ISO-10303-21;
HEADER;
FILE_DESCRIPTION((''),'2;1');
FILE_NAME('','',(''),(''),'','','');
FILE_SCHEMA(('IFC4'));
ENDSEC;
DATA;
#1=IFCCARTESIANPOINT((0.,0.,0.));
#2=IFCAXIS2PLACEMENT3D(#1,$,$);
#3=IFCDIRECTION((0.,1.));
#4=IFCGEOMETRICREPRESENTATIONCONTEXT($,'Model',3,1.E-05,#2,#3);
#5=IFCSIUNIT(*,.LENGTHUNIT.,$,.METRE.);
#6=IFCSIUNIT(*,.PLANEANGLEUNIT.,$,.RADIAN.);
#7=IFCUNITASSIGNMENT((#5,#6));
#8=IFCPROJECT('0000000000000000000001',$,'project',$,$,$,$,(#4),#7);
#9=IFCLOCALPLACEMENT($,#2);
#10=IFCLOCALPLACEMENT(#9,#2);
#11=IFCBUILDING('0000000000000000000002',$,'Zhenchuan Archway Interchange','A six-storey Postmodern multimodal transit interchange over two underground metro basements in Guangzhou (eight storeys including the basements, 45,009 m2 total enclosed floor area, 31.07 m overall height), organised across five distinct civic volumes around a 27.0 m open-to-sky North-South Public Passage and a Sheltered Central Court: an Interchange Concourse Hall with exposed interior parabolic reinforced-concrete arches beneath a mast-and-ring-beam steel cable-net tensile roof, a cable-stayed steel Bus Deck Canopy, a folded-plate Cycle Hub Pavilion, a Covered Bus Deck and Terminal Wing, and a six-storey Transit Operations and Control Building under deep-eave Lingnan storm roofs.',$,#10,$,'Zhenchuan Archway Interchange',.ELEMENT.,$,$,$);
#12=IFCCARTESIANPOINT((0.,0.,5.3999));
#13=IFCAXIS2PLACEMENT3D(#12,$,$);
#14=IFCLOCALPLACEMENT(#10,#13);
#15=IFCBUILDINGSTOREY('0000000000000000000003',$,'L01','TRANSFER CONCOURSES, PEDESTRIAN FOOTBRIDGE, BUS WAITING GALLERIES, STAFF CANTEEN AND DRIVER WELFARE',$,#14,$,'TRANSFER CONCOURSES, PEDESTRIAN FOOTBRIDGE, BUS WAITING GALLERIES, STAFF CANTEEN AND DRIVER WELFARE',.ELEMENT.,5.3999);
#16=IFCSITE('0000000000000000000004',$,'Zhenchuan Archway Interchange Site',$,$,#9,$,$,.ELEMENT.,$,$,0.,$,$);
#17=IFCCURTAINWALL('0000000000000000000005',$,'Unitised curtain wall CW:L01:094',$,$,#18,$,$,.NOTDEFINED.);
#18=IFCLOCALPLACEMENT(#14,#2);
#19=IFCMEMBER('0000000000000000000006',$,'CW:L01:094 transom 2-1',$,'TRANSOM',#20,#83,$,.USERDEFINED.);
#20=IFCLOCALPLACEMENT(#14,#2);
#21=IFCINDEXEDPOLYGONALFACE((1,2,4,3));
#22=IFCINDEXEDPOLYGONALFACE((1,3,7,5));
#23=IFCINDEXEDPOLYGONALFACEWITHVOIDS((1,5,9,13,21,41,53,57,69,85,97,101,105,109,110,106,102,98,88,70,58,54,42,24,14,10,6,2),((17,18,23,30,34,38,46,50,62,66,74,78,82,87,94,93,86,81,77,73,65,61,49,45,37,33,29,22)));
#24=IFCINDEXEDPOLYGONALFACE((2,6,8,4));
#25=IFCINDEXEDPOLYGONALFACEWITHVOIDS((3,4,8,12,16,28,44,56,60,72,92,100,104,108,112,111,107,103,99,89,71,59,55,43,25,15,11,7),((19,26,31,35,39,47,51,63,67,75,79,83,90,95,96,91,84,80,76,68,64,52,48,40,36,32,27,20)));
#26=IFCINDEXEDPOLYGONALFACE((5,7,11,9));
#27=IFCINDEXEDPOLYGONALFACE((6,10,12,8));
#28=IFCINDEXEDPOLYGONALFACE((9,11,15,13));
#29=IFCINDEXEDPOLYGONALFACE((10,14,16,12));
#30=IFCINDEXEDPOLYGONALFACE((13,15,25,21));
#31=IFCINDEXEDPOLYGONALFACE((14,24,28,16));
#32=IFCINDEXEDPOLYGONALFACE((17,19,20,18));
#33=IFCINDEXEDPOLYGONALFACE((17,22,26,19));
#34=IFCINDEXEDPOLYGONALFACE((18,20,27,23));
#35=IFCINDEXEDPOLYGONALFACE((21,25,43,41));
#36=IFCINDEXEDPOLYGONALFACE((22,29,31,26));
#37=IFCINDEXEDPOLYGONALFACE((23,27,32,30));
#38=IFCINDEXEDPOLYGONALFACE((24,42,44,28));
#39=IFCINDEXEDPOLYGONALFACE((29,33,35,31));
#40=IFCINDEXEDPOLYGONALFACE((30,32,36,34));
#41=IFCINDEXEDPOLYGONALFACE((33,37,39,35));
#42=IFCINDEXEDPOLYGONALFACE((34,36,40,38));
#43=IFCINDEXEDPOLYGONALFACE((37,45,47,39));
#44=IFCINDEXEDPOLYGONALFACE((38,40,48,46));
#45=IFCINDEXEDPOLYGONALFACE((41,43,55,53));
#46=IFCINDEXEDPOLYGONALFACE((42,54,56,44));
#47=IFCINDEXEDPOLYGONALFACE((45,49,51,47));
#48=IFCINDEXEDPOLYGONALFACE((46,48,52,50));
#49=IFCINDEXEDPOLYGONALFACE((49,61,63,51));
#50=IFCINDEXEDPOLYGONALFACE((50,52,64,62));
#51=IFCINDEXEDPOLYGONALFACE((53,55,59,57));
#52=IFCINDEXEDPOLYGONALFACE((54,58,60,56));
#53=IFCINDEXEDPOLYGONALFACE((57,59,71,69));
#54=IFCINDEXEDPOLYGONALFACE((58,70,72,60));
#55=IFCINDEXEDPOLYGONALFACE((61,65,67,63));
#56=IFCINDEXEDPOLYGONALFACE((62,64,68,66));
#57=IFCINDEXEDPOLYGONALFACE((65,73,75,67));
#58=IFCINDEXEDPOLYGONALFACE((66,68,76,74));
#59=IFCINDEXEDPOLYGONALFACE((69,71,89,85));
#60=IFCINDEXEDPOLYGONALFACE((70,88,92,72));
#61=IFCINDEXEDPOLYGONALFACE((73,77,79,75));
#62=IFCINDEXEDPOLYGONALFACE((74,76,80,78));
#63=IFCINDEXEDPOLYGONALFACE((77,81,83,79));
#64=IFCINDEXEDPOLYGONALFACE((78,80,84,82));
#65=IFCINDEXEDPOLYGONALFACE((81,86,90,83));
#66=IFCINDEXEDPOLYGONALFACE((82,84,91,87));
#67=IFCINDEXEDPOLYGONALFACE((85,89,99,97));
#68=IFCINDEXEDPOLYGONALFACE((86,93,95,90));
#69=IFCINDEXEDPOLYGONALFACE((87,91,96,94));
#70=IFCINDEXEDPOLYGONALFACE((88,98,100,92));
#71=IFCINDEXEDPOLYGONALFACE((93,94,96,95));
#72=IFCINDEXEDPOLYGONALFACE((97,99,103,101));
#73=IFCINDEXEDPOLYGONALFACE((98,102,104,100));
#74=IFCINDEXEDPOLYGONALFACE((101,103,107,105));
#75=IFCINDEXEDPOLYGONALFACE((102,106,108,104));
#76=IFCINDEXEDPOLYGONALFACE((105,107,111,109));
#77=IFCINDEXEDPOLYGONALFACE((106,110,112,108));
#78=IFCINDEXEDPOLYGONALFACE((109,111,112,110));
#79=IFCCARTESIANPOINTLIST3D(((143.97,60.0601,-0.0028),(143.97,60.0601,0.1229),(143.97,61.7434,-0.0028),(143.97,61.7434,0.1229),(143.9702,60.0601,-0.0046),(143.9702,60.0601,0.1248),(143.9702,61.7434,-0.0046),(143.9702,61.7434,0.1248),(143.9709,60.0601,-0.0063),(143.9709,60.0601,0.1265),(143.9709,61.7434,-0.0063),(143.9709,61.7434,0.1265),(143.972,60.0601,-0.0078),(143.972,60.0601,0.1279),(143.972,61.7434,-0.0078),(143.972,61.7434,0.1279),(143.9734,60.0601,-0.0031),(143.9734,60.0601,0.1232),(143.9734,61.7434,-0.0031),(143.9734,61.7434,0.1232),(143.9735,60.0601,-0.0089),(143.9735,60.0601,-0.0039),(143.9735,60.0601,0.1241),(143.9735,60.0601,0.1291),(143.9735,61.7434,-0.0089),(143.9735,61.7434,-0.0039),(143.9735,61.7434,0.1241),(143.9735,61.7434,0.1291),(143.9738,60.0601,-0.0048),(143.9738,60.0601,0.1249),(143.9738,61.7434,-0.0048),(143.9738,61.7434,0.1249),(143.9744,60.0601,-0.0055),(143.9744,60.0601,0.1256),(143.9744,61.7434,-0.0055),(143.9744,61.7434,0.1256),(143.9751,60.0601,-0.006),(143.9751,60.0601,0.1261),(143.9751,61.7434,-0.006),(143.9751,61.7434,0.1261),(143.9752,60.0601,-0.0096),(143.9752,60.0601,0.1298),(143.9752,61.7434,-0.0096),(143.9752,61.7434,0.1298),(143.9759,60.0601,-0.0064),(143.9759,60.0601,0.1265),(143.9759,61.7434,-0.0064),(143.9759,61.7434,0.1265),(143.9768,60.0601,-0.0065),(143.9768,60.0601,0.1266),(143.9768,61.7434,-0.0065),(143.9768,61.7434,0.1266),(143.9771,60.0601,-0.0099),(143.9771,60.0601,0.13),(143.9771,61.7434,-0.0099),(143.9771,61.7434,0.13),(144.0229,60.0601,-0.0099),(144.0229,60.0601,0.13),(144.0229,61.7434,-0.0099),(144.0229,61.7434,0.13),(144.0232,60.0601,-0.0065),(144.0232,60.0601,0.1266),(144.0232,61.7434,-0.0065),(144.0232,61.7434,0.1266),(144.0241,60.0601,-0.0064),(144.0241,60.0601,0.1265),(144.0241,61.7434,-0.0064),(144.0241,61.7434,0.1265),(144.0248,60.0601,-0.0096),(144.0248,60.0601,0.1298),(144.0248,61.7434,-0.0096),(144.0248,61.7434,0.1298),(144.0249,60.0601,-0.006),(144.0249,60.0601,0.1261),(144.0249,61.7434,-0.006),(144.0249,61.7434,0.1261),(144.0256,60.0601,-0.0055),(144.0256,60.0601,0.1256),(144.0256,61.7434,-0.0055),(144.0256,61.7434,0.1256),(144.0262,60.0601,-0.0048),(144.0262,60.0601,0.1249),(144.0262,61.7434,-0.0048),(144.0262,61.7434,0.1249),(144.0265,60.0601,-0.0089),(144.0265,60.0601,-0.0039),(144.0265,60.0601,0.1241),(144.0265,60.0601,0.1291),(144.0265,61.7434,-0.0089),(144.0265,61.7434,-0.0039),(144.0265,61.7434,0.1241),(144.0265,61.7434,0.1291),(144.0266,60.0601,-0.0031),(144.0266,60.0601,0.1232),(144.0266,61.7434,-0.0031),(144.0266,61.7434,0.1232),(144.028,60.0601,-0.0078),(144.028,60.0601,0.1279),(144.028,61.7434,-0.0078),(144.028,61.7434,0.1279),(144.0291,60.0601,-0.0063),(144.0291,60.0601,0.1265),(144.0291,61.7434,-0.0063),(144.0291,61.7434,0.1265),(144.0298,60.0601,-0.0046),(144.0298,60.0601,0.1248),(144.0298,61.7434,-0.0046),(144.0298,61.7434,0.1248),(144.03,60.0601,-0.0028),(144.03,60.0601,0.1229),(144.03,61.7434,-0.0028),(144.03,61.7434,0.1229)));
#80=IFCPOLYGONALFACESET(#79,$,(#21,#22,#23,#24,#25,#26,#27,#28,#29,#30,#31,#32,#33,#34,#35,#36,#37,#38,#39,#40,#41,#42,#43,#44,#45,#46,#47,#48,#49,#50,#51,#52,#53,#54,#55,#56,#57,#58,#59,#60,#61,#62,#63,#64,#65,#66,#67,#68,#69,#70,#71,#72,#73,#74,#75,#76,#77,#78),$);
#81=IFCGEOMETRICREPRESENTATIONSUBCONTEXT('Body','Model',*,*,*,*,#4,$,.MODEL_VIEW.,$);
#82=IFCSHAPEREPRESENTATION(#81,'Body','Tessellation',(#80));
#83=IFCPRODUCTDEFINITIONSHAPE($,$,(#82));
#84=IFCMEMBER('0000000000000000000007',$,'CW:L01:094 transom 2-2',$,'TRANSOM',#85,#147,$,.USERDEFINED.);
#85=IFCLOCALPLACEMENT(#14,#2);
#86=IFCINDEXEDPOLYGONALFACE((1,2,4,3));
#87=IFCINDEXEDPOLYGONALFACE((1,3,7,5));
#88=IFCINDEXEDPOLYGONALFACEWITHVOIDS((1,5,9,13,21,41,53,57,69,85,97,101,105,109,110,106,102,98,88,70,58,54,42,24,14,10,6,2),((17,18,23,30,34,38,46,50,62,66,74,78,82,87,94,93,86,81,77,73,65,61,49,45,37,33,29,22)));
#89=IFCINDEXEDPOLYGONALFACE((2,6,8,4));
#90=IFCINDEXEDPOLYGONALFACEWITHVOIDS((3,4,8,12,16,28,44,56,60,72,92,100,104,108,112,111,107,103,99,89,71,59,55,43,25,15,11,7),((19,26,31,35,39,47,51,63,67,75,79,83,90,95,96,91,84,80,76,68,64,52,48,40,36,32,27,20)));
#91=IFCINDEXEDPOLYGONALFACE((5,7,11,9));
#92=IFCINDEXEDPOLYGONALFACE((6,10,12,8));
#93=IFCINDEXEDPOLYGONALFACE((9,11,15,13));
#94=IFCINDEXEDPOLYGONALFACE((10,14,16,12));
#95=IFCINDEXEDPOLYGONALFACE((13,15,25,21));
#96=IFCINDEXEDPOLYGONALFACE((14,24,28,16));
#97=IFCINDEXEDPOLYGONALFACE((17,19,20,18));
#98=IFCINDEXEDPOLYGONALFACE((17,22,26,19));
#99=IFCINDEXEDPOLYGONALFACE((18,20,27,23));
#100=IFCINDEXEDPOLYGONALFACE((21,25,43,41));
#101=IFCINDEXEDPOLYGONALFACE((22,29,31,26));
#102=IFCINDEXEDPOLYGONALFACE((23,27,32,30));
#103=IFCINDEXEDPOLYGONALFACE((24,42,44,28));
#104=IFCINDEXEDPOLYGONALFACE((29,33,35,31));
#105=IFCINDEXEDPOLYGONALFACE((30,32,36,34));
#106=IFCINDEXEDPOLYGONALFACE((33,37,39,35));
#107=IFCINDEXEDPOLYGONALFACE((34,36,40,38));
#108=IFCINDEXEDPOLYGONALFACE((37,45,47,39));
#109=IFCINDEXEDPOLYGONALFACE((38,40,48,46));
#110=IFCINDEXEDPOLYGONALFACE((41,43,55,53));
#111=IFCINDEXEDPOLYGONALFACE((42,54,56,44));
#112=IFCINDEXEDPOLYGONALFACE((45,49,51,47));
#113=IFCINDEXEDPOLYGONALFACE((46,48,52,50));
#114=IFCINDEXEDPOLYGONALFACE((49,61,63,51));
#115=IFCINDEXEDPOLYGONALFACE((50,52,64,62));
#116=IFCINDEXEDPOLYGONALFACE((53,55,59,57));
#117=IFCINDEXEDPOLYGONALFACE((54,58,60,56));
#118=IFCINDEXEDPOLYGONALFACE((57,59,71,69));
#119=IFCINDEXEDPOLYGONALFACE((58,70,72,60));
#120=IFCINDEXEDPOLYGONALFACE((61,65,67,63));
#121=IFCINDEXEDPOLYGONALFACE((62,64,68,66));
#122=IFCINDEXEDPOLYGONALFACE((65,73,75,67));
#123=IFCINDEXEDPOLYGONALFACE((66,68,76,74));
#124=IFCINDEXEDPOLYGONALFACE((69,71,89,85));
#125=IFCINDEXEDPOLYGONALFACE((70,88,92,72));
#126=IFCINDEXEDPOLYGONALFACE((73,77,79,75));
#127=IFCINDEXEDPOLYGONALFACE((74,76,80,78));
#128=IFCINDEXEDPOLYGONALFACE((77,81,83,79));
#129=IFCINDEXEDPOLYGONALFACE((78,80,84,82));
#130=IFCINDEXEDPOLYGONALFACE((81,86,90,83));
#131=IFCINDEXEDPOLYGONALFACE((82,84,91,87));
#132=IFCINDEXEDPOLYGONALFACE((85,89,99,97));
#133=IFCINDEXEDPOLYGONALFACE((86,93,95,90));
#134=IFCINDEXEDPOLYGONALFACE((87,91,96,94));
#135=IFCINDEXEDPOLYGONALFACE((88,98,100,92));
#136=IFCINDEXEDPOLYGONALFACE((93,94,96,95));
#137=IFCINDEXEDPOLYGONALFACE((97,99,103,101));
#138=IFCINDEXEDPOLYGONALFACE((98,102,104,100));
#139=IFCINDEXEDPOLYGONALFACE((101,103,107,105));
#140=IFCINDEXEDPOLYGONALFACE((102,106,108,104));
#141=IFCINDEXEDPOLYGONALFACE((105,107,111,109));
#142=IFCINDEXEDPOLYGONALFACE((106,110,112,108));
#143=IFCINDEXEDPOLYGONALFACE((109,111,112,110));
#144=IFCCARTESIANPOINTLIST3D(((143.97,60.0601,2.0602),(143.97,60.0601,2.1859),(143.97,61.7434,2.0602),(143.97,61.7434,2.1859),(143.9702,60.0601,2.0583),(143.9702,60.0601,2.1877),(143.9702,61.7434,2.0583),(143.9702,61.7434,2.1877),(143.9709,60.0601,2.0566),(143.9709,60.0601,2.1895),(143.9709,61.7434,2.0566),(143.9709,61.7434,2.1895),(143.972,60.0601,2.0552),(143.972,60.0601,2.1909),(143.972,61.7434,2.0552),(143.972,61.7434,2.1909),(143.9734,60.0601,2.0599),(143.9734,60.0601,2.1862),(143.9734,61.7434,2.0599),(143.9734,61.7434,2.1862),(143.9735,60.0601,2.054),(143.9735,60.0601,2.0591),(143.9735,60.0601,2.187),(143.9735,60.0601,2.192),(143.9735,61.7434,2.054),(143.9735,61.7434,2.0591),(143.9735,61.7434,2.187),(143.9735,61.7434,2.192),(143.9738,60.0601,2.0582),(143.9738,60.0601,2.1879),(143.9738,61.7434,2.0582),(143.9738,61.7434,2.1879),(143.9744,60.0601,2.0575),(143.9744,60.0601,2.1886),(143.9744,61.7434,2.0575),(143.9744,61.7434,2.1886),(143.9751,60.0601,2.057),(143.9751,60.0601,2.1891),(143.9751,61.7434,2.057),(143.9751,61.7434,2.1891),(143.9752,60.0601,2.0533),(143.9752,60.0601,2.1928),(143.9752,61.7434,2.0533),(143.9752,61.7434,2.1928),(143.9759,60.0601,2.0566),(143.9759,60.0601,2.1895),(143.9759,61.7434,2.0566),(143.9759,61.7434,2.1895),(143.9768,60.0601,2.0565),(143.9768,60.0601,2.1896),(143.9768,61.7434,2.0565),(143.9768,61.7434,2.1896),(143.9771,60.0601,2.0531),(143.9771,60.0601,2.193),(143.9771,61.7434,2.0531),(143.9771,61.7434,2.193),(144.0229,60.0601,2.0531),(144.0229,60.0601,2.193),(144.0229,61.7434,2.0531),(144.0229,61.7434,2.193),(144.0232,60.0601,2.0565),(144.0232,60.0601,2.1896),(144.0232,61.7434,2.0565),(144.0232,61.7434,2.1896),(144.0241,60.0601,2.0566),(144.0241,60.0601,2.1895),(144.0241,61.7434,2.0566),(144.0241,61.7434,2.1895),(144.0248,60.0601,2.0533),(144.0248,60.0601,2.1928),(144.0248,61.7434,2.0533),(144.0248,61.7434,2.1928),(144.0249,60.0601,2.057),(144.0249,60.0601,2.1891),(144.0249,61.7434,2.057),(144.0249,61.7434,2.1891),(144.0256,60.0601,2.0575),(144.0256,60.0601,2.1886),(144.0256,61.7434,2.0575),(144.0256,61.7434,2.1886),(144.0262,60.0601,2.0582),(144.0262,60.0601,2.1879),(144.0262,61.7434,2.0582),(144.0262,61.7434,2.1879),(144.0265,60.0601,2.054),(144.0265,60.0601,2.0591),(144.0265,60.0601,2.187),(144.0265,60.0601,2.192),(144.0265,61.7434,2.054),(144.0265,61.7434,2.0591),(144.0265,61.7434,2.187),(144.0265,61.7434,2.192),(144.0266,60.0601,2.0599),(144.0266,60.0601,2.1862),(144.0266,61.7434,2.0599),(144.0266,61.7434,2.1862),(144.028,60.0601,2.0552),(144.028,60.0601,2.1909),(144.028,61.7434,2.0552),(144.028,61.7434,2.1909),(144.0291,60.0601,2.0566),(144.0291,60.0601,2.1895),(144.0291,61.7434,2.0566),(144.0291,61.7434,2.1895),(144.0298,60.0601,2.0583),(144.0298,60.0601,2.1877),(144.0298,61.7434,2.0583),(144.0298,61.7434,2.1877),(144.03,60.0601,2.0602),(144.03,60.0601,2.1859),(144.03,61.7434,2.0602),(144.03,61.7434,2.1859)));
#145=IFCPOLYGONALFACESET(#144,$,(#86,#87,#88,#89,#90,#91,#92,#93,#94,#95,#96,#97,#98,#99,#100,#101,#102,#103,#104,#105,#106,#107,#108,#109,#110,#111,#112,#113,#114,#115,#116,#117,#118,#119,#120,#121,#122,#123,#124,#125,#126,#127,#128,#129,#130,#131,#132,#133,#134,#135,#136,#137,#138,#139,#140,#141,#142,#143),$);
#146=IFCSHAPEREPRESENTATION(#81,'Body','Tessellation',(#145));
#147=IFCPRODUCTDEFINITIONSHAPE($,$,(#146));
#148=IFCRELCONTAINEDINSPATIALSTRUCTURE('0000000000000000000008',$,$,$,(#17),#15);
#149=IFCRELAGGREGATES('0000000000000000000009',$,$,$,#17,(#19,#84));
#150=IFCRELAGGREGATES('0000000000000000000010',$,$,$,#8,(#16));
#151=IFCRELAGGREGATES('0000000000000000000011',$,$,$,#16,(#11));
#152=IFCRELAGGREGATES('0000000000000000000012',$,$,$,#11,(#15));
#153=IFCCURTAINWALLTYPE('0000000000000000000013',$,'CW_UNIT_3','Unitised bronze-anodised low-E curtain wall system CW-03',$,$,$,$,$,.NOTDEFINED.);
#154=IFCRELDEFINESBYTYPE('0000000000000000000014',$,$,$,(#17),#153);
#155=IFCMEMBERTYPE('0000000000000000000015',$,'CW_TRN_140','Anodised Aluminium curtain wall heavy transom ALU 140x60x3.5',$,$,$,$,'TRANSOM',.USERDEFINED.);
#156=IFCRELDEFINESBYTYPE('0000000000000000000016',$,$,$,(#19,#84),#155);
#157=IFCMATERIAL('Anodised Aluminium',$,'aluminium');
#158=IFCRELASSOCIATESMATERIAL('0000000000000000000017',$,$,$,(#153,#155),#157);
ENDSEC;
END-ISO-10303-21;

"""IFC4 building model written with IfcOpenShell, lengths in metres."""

from ifc_helpers import new_model, si_unit, direction, frame, origin, origin_2d, place, context, subcontext, project, spatial, hollow_rectangle, extrude, material, material_profile, profile_set, type_object, element, aggregate, save


model = new_model("IFC4")

# Units and contexts
model_context = context("Model", 3, precision=1e-05, world=origin(), true_north=direction((0.0, 1.0)))
body_context = subcontext(model_context, "Body", "Model", "MODEL_VIEW")
ifc_project = project(units=[si_unit("LENGTHUNIT", "METRE"), si_unit("PLANEANGLEUNIT", "RADIAN")], contexts=[model_context])

# Site, building, storey
site_placement = place(None, origin())
site = spatial("IfcSite", under=ifc_project, at=site_placement, Name="Zhenchuan Archway Interchange Site", CompositionType="ELEMENT", RefElevation=0.0)
building_placement = place(site_placement, origin())
building = spatial("IfcBuilding", under=site, at=building_placement, Name="Zhenchuan Archway Interchange", Description="A six-storey Postmodern multimodal transit interchange over two underground metro basements in Guangzhou (eight storeys including the basements, 45,009 m2 total enclosed floor area, 31.07 m overall height), organised across five distinct civic volumes around a 27.0 m open-to-sky North-South Public Passage and a Sheltered Central Court: an Interchange Concourse Hall with exposed interior parabolic reinforced-concrete arches beneath a mast-and-ring-beam steel cable-net tensile roof, a cable-stayed steel Bus Deck Canopy, a folded-plate Cycle Hub Pavilion, a Covered Bus Deck and Terminal Wing, and a six-storey Transit Operations and Control Building under deep-eave Lingnan storm roofs.", LongName="Zhenchuan Archway Interchange", CompositionType="ELEMENT")
storey_placement = place(building_placement, frame((0.0, 0.0, 5.3999)))
storey = spatial("IfcBuildingStorey", under=building, at=storey_placement, Name="L01", Description="TRANSFER CONCOURSES, PEDESTRIAN FOOTBRIDGE, BUS WAITING GALLERIES, STAFF CANTEEN AND DRIVER WELFARE", LongName="TRANSFER CONCOURSES, PEDESTRIAN FOOTBRIDGE, BUS WAITING GALLERIES, STAFF CANTEEN AND DRIVER WELFARE", CompositionType="ELEMENT", Elevation=5.3999)

# Curtain wall, members
ifc_material_1 = material(Name="Anodised Aluminium", Category="aluminium")
curtain_wall_type = type_object("IfcCurtainWallType", Name="CW_UNIT_3", Description="Unitised bronze-anodised low-E curtain wall system CW-03", PredefinedType="NOTDEFINED", material=ifc_material_1)
curtain_wall_placement = place(storey_placement, origin())
curtain_wall = element("IfcCurtainWall", 1, at=curtain_wall_placement, inside=storey, type_object=curtain_wall_type, Name="Unitised curtain wall CW:L01:094", PredefinedType="NOTDEFINED")
ifc_material_profile_1 = material_profile(ifc_material_1, hollow_rectangle(XDim=0.0601, YDim=0.1399, WallThickness=0.0034, InnerFilletRadius=0.0034, OuterFilletRadius=0.0071, at=origin_2d()), Name="ALU 140x60x3.5")
ifc_profile_set_1 = profile_set([ifc_material_profile_1], Name="Anodised Aluminium")
member_type_1 = type_object("IfcMemberType", Name="CW_TRN_140", Description="Anodised Aluminium curtain wall heavy transom ALU 140x60x3.5", ElementType="TRANSOM", PredefinedType="USERDEFINED", material=ifc_profile_set_1)
member_1_placement = place(storey_placement, frame((144.0, 60.0601, 0.0601), z_axis=(0.0, 1.0, 0.0), x_axis=(-1.0, 0.0, 0.0)))
member_1 = element("IfcMember", 2, at=member_1_placement, type_object=member_type_1, Name="CW:L01:094 transom 2-1", ObjectType="TRANSOM", PredefinedType="USERDEFINED", context=body_context, shape_type="SweptSolid", body=[
    extrude(hollow_rectangle(XDim=0.0601, YDim=0.1399, WallThickness=0.0034, InnerFilletRadius=0.0034, OuterFilletRadius=0.0071, at=origin_2d()), origin(), (0.0, 0.0, 1.0), 1.6833),
])
member_2_placement = place(storey_placement, frame((144.0, 60.0601, 2.123), z_axis=(0.0, 1.0, 0.0), x_axis=(-1.0, 0.0, 0.0)))
member_2 = element("IfcMember", 3, at=member_2_placement, type_object=member_type_1, Name="CW:L01:094 transom 2-2", ObjectType="TRANSOM", PredefinedType="USERDEFINED", context=body_context, shape_type="SweptSolid", body=[
    extrude(hollow_rectangle(XDim=0.0601, YDim=0.1399, WallThickness=0.0034, InnerFilletRadius=0.0034, OuterFilletRadius=0.0071, at=origin_2d()), origin(), (0.0, 0.0, 1.0), 1.6833),
])

aggregate(curtain_wall, [member_1, member_2])

save(model, "model.ifc")
